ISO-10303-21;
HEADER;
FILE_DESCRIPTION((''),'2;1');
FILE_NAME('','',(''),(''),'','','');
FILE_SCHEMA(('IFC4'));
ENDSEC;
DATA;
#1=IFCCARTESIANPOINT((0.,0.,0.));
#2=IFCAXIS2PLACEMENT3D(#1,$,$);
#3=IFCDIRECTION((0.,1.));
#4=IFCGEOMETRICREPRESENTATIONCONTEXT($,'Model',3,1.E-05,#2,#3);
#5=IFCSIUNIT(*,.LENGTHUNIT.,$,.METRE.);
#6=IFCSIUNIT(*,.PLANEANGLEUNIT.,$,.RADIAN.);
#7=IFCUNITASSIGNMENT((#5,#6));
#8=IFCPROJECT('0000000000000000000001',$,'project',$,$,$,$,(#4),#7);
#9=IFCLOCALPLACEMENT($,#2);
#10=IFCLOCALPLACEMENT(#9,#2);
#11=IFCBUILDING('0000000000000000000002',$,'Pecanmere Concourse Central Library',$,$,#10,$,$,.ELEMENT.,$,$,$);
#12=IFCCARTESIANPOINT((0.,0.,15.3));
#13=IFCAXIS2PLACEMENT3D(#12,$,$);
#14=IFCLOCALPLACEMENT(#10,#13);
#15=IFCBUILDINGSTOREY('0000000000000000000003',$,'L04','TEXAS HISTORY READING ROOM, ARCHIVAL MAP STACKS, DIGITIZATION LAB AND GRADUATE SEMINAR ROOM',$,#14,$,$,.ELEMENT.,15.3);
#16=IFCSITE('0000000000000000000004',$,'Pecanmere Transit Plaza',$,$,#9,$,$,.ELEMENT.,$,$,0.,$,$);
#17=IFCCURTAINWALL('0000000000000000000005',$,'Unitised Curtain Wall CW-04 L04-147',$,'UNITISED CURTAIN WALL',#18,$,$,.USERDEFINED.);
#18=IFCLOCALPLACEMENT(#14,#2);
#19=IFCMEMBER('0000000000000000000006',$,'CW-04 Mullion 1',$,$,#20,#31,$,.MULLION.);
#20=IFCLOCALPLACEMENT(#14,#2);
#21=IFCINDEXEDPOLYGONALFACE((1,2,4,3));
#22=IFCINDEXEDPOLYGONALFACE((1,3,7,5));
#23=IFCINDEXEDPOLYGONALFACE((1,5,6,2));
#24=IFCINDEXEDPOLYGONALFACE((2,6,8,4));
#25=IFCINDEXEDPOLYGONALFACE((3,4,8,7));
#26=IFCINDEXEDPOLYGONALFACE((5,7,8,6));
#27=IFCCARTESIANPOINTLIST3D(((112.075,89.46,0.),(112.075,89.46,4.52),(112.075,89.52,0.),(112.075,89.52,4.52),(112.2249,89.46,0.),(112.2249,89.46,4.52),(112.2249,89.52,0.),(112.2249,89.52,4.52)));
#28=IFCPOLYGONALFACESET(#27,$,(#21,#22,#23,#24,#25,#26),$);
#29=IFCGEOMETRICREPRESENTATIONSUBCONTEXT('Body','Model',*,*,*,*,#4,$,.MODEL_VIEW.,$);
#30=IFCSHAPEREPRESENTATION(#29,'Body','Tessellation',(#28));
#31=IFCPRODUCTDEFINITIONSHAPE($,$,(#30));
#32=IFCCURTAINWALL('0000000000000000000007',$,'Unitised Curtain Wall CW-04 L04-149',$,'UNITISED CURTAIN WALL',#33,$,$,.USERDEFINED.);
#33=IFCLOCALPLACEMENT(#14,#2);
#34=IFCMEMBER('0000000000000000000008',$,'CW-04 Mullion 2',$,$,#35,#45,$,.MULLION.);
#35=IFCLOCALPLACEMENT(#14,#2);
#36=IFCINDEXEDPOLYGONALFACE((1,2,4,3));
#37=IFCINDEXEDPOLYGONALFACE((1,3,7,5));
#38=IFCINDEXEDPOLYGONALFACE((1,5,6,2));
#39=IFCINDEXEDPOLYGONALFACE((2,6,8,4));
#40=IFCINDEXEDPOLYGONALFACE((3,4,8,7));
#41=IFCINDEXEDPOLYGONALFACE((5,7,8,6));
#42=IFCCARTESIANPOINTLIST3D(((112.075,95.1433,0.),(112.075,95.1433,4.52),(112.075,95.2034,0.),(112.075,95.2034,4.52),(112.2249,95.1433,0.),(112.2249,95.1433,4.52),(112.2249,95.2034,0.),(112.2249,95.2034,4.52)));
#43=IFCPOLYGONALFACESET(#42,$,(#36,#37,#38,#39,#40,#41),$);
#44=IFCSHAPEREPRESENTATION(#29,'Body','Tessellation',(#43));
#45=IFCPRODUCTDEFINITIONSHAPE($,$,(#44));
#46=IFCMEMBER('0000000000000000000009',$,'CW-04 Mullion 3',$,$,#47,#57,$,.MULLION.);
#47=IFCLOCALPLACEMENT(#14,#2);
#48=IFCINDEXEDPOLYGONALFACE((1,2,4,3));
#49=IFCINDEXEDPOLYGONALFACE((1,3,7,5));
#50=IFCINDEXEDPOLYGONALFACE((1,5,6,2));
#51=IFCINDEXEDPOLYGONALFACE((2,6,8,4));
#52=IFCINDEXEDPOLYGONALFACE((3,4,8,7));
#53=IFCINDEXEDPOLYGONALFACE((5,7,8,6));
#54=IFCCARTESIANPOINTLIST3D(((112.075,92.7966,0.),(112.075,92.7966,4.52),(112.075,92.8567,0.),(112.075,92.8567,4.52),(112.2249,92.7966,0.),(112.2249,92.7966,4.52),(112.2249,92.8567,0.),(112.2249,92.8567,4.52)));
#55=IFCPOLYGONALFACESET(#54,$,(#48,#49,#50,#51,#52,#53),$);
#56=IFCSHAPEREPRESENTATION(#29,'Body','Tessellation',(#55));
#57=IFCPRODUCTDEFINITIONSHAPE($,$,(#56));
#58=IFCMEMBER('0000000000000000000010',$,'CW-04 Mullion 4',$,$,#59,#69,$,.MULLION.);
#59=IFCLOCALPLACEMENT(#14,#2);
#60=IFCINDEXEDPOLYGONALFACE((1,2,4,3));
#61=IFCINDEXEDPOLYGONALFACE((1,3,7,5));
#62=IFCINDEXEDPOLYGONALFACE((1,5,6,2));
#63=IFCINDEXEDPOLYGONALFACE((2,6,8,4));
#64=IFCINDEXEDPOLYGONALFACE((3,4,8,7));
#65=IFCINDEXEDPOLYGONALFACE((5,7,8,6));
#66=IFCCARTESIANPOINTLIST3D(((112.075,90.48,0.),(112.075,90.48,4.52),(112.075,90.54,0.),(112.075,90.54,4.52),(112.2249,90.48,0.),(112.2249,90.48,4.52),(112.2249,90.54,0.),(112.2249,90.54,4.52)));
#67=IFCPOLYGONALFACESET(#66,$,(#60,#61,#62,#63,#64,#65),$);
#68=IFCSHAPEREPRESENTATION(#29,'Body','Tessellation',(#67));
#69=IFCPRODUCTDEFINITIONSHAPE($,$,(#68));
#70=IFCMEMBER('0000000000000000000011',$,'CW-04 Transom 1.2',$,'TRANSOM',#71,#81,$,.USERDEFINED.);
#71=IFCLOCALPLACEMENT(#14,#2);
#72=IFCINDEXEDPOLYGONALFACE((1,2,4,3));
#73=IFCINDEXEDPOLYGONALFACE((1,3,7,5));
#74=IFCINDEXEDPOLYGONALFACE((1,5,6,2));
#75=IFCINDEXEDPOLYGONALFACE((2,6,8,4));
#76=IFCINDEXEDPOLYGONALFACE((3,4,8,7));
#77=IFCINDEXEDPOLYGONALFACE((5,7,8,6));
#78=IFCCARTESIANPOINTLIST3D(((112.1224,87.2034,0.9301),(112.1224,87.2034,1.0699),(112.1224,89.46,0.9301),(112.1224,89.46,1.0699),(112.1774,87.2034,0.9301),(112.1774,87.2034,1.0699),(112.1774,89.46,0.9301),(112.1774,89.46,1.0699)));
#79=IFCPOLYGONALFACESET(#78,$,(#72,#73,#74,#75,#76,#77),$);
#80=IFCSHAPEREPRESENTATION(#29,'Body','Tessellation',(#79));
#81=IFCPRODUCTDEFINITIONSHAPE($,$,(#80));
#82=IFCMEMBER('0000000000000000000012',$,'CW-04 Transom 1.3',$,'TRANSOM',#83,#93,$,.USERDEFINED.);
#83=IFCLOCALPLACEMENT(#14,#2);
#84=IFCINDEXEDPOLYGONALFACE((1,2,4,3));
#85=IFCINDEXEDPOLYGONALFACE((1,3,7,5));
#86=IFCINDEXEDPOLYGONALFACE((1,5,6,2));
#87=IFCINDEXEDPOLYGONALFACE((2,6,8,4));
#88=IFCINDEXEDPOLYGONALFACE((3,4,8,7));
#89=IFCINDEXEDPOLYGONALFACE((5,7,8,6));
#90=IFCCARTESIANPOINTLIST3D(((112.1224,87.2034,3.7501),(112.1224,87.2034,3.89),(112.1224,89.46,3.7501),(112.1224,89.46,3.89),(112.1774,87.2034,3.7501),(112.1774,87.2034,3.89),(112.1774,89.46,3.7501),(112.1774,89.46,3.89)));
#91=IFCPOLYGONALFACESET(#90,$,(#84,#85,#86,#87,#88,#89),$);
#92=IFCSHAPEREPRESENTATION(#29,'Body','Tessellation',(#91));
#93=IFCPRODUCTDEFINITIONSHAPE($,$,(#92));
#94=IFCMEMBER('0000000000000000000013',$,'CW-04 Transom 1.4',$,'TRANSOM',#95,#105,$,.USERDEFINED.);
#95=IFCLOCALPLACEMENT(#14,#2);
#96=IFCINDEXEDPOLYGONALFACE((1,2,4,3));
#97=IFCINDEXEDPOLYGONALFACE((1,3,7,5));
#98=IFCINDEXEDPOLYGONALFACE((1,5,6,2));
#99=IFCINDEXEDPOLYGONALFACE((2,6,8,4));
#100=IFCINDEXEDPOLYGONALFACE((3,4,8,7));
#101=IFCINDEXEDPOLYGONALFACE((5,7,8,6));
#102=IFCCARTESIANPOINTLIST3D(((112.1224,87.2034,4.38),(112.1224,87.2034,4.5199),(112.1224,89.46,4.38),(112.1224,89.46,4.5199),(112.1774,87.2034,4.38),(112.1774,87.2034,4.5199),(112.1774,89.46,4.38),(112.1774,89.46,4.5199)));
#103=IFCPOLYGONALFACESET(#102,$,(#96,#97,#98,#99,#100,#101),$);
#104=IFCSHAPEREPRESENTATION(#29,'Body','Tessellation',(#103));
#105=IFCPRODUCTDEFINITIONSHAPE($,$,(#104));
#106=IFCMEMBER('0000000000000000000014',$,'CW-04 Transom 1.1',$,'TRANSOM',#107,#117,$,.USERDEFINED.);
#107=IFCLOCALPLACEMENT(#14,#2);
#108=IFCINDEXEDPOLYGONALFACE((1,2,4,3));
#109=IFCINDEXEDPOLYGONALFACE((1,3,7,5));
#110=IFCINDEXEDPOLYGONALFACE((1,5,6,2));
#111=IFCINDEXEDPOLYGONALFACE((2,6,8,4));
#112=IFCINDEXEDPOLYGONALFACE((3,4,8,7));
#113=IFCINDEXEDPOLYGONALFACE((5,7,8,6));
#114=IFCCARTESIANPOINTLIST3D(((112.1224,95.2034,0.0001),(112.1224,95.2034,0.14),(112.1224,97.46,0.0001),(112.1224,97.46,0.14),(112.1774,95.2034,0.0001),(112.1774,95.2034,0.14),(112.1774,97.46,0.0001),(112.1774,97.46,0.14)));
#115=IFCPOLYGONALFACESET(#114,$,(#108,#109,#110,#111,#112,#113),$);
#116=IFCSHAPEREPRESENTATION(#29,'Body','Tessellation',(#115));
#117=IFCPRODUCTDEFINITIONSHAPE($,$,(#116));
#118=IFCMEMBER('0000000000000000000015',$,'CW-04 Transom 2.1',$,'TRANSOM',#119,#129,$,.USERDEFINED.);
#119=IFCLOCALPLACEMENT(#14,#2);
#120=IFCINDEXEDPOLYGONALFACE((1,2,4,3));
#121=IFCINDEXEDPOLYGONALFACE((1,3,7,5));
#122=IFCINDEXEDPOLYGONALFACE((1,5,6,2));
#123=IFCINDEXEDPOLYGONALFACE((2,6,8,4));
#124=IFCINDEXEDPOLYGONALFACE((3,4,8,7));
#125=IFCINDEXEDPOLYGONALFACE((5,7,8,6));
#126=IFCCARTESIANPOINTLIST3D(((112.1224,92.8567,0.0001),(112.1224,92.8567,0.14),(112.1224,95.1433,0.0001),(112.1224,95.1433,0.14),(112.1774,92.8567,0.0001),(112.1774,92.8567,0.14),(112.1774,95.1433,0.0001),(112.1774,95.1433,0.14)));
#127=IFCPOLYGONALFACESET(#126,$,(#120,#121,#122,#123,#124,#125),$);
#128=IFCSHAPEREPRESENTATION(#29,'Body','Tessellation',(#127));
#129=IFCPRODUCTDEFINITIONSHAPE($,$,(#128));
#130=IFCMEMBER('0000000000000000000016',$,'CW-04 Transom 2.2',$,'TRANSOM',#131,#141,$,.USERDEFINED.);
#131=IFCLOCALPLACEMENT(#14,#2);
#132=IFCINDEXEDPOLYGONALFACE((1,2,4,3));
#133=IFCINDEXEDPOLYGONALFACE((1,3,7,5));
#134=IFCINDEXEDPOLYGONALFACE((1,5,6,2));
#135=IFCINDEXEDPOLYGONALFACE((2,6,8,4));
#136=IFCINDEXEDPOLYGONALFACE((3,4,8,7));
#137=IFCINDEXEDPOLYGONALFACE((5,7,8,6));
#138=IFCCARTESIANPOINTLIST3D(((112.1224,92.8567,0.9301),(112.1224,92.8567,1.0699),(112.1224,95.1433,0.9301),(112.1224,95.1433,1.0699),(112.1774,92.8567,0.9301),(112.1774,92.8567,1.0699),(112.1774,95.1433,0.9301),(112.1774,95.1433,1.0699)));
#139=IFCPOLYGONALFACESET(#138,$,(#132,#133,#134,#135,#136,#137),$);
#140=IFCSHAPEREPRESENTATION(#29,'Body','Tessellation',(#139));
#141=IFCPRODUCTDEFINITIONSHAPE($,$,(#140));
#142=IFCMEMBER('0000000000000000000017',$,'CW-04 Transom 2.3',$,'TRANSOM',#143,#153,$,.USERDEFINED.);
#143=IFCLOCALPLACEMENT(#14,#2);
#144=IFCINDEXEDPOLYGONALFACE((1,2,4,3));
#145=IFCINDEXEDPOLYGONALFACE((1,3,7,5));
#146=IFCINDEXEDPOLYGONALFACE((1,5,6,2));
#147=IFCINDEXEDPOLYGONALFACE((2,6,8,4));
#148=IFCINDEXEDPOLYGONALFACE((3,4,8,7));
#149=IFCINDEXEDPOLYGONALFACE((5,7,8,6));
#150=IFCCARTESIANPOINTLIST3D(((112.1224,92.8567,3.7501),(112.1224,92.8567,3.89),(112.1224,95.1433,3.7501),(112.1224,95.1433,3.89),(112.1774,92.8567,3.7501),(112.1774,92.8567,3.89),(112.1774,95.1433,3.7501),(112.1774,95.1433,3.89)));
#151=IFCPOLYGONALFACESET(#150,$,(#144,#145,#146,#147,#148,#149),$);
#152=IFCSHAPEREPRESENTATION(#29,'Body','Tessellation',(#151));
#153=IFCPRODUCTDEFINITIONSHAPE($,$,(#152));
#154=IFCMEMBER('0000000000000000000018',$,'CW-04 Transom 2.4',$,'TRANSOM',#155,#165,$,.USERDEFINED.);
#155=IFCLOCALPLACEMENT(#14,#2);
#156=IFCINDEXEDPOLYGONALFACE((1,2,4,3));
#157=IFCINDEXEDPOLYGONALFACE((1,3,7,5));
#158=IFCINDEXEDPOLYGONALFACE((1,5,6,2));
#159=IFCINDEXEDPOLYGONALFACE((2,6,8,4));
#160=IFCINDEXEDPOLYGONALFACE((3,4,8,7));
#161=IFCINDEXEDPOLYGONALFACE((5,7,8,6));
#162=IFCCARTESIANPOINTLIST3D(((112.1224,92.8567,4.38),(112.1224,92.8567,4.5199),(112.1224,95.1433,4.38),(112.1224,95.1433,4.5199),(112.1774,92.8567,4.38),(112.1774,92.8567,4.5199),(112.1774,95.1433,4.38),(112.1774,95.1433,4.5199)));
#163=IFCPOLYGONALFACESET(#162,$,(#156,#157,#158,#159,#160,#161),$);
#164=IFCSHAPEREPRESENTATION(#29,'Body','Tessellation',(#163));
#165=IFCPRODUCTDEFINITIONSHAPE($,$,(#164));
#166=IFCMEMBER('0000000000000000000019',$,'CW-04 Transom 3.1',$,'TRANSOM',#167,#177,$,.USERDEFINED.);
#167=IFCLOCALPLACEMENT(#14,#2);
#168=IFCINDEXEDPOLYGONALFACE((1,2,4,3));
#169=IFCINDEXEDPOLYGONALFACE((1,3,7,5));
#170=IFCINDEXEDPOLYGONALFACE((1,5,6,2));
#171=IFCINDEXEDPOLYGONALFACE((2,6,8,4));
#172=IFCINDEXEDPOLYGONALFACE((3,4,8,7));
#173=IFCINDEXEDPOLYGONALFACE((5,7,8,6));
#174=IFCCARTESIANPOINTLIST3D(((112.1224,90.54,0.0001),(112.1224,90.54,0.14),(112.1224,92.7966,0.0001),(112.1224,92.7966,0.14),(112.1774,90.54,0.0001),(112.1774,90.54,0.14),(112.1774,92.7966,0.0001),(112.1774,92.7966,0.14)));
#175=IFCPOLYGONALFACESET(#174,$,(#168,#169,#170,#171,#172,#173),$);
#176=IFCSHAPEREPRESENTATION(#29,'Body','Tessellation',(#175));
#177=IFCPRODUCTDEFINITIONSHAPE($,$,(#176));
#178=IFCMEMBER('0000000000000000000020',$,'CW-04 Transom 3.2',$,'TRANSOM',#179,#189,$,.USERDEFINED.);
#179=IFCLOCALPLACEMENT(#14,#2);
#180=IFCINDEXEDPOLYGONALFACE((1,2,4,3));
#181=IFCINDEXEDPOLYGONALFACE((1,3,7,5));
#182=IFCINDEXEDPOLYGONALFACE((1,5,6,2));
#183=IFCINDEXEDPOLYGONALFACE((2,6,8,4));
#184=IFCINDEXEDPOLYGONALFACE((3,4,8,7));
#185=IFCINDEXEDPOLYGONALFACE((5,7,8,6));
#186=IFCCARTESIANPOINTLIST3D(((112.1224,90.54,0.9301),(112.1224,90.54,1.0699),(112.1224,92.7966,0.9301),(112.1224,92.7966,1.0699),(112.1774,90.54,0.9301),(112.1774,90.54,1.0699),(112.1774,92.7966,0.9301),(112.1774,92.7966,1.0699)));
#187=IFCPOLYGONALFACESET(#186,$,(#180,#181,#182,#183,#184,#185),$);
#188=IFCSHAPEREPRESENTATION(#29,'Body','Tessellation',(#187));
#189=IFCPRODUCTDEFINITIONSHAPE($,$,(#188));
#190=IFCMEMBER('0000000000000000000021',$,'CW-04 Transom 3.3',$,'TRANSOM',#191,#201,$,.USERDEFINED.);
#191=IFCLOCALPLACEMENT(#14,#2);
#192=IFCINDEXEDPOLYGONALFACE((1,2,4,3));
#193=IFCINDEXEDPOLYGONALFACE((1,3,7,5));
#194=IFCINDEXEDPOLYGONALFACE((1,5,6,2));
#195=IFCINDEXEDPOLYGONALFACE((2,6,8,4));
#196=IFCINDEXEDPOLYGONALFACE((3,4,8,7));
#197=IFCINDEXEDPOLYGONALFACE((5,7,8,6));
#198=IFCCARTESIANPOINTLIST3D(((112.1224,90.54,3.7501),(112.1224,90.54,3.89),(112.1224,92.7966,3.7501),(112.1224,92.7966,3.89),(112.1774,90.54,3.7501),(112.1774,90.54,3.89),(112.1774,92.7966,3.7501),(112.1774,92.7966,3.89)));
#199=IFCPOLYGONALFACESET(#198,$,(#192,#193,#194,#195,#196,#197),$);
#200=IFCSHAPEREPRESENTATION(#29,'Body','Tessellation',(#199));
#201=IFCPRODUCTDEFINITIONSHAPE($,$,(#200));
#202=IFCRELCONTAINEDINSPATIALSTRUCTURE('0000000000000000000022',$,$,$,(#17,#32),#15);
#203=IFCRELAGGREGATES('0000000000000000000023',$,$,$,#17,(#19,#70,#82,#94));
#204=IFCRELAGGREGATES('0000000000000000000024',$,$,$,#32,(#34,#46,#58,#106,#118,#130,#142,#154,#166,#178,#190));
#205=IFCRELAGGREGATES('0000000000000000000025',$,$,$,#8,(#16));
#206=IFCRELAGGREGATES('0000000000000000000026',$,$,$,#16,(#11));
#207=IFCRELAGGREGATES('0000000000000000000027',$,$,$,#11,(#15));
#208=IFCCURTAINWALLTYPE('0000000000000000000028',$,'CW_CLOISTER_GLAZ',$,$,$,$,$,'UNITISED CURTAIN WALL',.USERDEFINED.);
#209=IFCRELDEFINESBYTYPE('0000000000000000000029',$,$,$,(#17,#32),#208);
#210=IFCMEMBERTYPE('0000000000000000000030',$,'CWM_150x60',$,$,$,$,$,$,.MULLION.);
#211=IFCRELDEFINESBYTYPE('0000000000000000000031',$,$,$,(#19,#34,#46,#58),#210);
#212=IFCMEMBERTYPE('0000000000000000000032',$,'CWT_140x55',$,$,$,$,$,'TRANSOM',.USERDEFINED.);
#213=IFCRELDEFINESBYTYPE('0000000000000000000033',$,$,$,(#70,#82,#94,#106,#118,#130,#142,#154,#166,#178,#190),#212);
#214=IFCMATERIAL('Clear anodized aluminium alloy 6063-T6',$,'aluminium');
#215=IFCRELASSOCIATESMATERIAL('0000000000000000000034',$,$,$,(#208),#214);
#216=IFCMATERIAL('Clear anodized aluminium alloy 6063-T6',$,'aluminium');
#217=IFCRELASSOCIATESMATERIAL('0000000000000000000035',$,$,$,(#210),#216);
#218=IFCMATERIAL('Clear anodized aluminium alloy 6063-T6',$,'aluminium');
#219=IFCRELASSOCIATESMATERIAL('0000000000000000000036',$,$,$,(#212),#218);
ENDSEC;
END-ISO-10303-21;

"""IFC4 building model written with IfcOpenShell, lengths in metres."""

from ifc_helpers import new_model, si_unit, direction, frame, origin, origin_2d, place, context, subcontext, project, spatial, rectangle, extrude, material, material_profile, profile_set, type_object, element, aggregate, save


model = new_model("IFC4")

# Units and contexts
model_context = context("Model", 3, precision=1e-05, world=origin(), true_north=direction((0.0, 1.0)))
body_context = subcontext(model_context, "Body", "Model", "MODEL_VIEW")
ifc_project = project(units=[si_unit("LENGTHUNIT", "METRE"), si_unit("PLANEANGLEUNIT", "RADIAN")], contexts=[model_context])

# Site, building, storey
site_placement = place(None, origin())
site = spatial("IfcSite", under=ifc_project, at=site_placement, Name="Pecanmere Transit Plaza", CompositionType="ELEMENT", RefElevation=0.0)
building_placement = place(site_placement, origin())
building = spatial("IfcBuilding", under=site, at=building_placement, Name="Pecanmere Concourse Central Library", CompositionType="ELEMENT")
storey_placement = place(building_placement, frame((0.0, 0.0, 15.3)))
storey = spatial("IfcBuildingStorey", under=building, at=storey_placement, Name="L04", Description="TEXAS HISTORY READING ROOM, ARCHIVAL MAP STACKS, DIGITIZATION LAB AND GRADUATE SEMINAR ROOM", CompositionType="ELEMENT", Elevation=15.3)

# Curtain wall, member
ifc_material_1 = material(Name="Clear anodized aluminium alloy 6063-T6", Category="aluminium")
curtain_wall_type = type_object("IfcCurtainWallType", Name="CW_CLOISTER_GLAZ", ElementType="UNITISED CURTAIN WALL", PredefinedType="USERDEFINED", material=ifc_material_1)
curtain_wall_1_placement = place(storey_placement, origin())
curtain_wall_1 = element("IfcCurtainWall", 1, at=curtain_wall_1_placement, inside=storey, type_object=curtain_wall_type, Name="Unitised Curtain Wall CW-04 L04-147", ObjectType="UNITISED CURTAIN WALL", PredefinedType="USERDEFINED")
ifc_material_2 = material(Name="Clear anodized aluminium alloy 6063-T6", Category="aluminium")
ifc_material_profile_1 = material_profile(ifc_material_2, rectangle(XDim=0.0601, YDim=0.1499, at=origin_2d()), Name="AL 60x150")
ifc_profile_set_1 = profile_set([ifc_material_profile_1], Name="Clear anodized aluminium alloy 6063-T6")
member_type_1 = type_object("IfcMemberType", Name="CWM_150x60", PredefinedType="MULLION", material=ifc_profile_set_1)
member_1_placement = place(storey_placement, frame((112.1499, 89.49, 0.0), z_axis=(0.0, 0.0, 1.0), x_axis=(0.0, -1.0, 0.0)))
member_1 = element("IfcMember", 2, at=member_1_placement, type_object=member_type_1, Name="CW-04 Mullion 1", PredefinedType="MULLION", context=body_context, shape_type="SweptSolid", body=[
    extrude(rectangle(XDim=0.0601, YDim=0.1499, at=origin_2d()), origin(), (0.0, 0.0, 1.0), 4.52),
])

# Curtain wall, members
curtain_wall_2_placement = place(storey_placement, origin())
curtain_wall_2 = element("IfcCurtainWall", 3, at=curtain_wall_2_placement, inside=storey, type_object=curtain_wall_type, Name="Unitised Curtain Wall CW-04 L04-149", ObjectType="UNITISED CURTAIN WALL", PredefinedType="USERDEFINED")
member_2_placement = place(storey_placement, frame((112.1499, 95.1733, 0.0), z_axis=(0.0, 0.0, 1.0), x_axis=(0.0, -1.0, 0.0)))
member_2 = element("IfcMember", 4, at=member_2_placement, type_object=member_type_1, Name="CW-04 Mullion 2", PredefinedType="MULLION", context=body_context, shape_type="SweptSolid", body=[
    extrude(rectangle(XDim=0.0601, YDim=0.1499, at=origin_2d()), origin(), (0.0, 0.0, 1.0), 4.52),
])
member_3_placement = place(storey_placement, frame((112.1499, 92.8267, 0.0), z_axis=(0.0, 0.0, 1.0), x_axis=(0.0, -1.0, 0.0)))
member_3 = element("IfcMember", 5, at=member_3_placement, type_object=member_type_1, Name="CW-04 Mullion 3", PredefinedType="MULLION", context=body_context, shape_type="SweptSolid", body=[
    extrude(rectangle(XDim=0.0601, YDim=0.1499, at=origin_2d()), origin(), (0.0, 0.0, 1.0), 4.52),
])
member_4_placement = place(storey_placement, frame((112.1499, 90.51, 0.0), z_axis=(0.0, 0.0, 1.0), x_axis=(0.0, -1.0, 0.0)))
member_4 = element("IfcMember", 6, at=member_4_placement, type_object=member_type_1, Name="CW-04 Mullion 4", PredefinedType="MULLION", context=body_context, shape_type="SweptSolid", body=[
    extrude(rectangle(XDim=0.0601, YDim=0.1499, at=origin_2d()), origin(), (0.0, 0.0, 1.0), 4.52),
])

# Members
ifc_material_3 = material(Name="Clear anodized aluminium alloy 6063-T6", Category="aluminium")
ifc_material_profile_2 = material_profile(ifc_material_3, rectangle(XDim=0.0549, YDim=0.1399, at=origin_2d()), Name="AL 55x140")
ifc_profile_set_2 = profile_set([ifc_material_profile_2], Name="Clear anodized aluminium alloy 6063-T6")
member_type_2 = type_object("IfcMemberType", Name="CWT_140x55", ElementType="TRANSOM", PredefinedType="USERDEFINED", material=ifc_profile_set_2)
member_5_placement = place(storey_placement, frame((112.1499, 89.46, 1.0), z_axis=(0.0, -1.0, 0.0), x_axis=(1.0, 0.0, 0.0)))
member_5 = element("IfcMember", 7, at=member_5_placement, type_object=member_type_2, Name="CW-04 Transom 1.2", ObjectType="TRANSOM", PredefinedType="USERDEFINED", context=body_context, shape_type="SweptSolid", body=[
    extrude(rectangle(XDim=0.0549, YDim=0.1399, at=origin_2d()), origin(), (0.0, 0.0, 1.0), 2.2566),
])
member_6_placement = place(storey_placement, frame((112.1499, 89.46, 3.8201), z_axis=(0.0, -1.0, 0.0), x_axis=(1.0, 0.0, 0.0)))
member_6 = element("IfcMember", 8, at=member_6_placement, type_object=member_type_2, Name="CW-04 Transom 1.3", ObjectType="TRANSOM", PredefinedType="USERDEFINED", context=body_context, shape_type="SweptSolid", body=[
    extrude(rectangle(XDim=0.0549, YDim=0.1399, at=origin_2d()), origin(), (0.0, 0.0, 1.0), 2.2566),
])
member_7_placement = place(storey_placement, frame((112.1499, 89.46, 4.45), z_axis=(0.0, -1.0, 0.0), x_axis=(1.0, 0.0, 0.0)))
member_7 = element("IfcMember", 9, at=member_7_placement, type_object=member_type_2, Name="CW-04 Transom 1.4", ObjectType="TRANSOM", PredefinedType="USERDEFINED", context=body_context, shape_type="SweptSolid", body=[
    extrude(rectangle(XDim=0.0549, YDim=0.1399, at=origin_2d()), origin(), (0.0, 0.0, 1.0), 2.2566),
])
aggregate(curtain_wall_1, [member_1, member_5, member_6, member_7])
member_8_placement = place(storey_placement, frame((112.1499, 97.46, 0.0701), z_axis=(0.0, -1.0, 0.0), x_axis=(1.0, 0.0, 0.0)))
member_8 = element("IfcMember", 10, at=member_8_placement, type_object=member_type_2, Name="CW-04 Transom 1.1", ObjectType="TRANSOM", PredefinedType="USERDEFINED", context=body_context, shape_type="SweptSolid", body=[
    extrude(rectangle(XDim=0.0549, YDim=0.1399, at=origin_2d()), origin(), (0.0, 0.0, 1.0), 2.2566),
])
member_9_placement = place(storey_placement, frame((112.1499, 95.1433, 0.0701), z_axis=(0.0, -1.0, 0.0), x_axis=(1.0, 0.0, 0.0)))
member_9 = element("IfcMember", 11, at=member_9_placement, type_object=member_type_2, Name="CW-04 Transom 2.1", ObjectType="TRANSOM", PredefinedType="USERDEFINED", context=body_context, shape_type="SweptSolid", body=[
    extrude(rectangle(XDim=0.0549, YDim=0.1399, at=origin_2d()), origin(), (0.0, 0.0, 1.0), 2.2866),
])
member_10_placement = place(storey_placement, frame((112.1499, 95.1433, 1.0), z_axis=(0.0, -1.0, 0.0), x_axis=(1.0, 0.0, 0.0)))
member_10 = element("IfcMember", 12, at=member_10_placement, type_object=member_type_2, Name="CW-04 Transom 2.2", ObjectType="TRANSOM", PredefinedType="USERDEFINED", context=body_context, shape_type="SweptSolid", body=[
    extrude(rectangle(XDim=0.0549, YDim=0.1399, at=origin_2d()), origin(), (0.0, 0.0, 1.0), 2.2866),
])
member_11_placement = place(storey_placement, frame((112.1499, 95.1433, 3.8201), z_axis=(0.0, -1.0, 0.0), x_axis=(1.0, 0.0, 0.0)))
member_11 = element("IfcMember", 13, at=member_11_placement, type_object=member_type_2, Name="CW-04 Transom 2.3", ObjectType="TRANSOM", PredefinedType="USERDEFINED", context=body_context, shape_type="SweptSolid", body=[
    extrude(rectangle(XDim=0.0549, YDim=0.1399, at=origin_2d()), origin(), (0.0, 0.0, 1.0), 2.2866),
])
member_12_placement = place(storey_placement, frame((112.1499, 95.1433, 4.45), z_axis=(0.0, -1.0, 0.0), x_axis=(1.0, 0.0, 0.0)))
member_12 = element("IfcMember", 14, at=member_12_placement, type_object=member_type_2, Name="CW-04 Transom 2.4", ObjectType="TRANSOM", PredefinedType="USERDEFINED", context=body_context, shape_type="SweptSolid", body=[
    extrude(rectangle(XDim=0.0549, YDim=0.1399, at=origin_2d()), origin(), (0.0, 0.0, 1.0), 2.2866),
])
member_13_placement = place(storey_placement, frame((112.1499, 92.7966, 0.0701), z_axis=(0.0, -1.0, 0.0), x_axis=(1.0, 0.0, 0.0)))
member_13 = element("IfcMember", 15, at=member_13_placement, type_object=member_type_2, Name="CW-04 Transom 3.1", ObjectType="TRANSOM", PredefinedType="USERDEFINED", context=body_context, shape_type="SweptSolid", body=[
    extrude(rectangle(XDim=0.0549, YDim=0.1399, at=origin_2d()), origin(), (0.0, 0.0, 1.0), 2.2566),
])
member_14_placement = place(storey_placement, frame((112.1499, 92.7966, 1.0), z_axis=(0.0, -1.0, 0.0), x_axis=(1.0, 0.0, 0.0)))
member_14 = element("IfcMember", 16, at=member_14_placement, type_object=member_type_2, Name="CW-04 Transom 3.2", ObjectType="TRANSOM", PredefinedType="USERDEFINED", context=body_context, shape_type="SweptSolid", body=[
    extrude(rectangle(XDim=0.0549, YDim=0.1399, at=origin_2d()), origin(), (0.0, 0.0, 1.0), 2.2566),
])
member_15_placement = place(storey_placement, frame((112.1499, 92.7966, 3.8201), z_axis=(0.0, -1.0, 0.0), x_axis=(1.0, 0.0, 0.0)))
member_15 = element("IfcMember", 17, at=member_15_placement, type_object=member_type_2, Name="CW-04 Transom 3.3", ObjectType="TRANSOM", PredefinedType="USERDEFINED", context=body_context, shape_type="SweptSolid", body=[
    extrude(rectangle(XDim=0.0549, YDim=0.1399, at=origin_2d()), origin(), (0.0, 0.0, 1.0), 2.2566),
])

aggregate(curtain_wall_2, [member_2, member_3, member_4, member_8, member_9, member_10, member_11, member_12, member_13, member_14, member_15])

save(model, "model.ifc")
